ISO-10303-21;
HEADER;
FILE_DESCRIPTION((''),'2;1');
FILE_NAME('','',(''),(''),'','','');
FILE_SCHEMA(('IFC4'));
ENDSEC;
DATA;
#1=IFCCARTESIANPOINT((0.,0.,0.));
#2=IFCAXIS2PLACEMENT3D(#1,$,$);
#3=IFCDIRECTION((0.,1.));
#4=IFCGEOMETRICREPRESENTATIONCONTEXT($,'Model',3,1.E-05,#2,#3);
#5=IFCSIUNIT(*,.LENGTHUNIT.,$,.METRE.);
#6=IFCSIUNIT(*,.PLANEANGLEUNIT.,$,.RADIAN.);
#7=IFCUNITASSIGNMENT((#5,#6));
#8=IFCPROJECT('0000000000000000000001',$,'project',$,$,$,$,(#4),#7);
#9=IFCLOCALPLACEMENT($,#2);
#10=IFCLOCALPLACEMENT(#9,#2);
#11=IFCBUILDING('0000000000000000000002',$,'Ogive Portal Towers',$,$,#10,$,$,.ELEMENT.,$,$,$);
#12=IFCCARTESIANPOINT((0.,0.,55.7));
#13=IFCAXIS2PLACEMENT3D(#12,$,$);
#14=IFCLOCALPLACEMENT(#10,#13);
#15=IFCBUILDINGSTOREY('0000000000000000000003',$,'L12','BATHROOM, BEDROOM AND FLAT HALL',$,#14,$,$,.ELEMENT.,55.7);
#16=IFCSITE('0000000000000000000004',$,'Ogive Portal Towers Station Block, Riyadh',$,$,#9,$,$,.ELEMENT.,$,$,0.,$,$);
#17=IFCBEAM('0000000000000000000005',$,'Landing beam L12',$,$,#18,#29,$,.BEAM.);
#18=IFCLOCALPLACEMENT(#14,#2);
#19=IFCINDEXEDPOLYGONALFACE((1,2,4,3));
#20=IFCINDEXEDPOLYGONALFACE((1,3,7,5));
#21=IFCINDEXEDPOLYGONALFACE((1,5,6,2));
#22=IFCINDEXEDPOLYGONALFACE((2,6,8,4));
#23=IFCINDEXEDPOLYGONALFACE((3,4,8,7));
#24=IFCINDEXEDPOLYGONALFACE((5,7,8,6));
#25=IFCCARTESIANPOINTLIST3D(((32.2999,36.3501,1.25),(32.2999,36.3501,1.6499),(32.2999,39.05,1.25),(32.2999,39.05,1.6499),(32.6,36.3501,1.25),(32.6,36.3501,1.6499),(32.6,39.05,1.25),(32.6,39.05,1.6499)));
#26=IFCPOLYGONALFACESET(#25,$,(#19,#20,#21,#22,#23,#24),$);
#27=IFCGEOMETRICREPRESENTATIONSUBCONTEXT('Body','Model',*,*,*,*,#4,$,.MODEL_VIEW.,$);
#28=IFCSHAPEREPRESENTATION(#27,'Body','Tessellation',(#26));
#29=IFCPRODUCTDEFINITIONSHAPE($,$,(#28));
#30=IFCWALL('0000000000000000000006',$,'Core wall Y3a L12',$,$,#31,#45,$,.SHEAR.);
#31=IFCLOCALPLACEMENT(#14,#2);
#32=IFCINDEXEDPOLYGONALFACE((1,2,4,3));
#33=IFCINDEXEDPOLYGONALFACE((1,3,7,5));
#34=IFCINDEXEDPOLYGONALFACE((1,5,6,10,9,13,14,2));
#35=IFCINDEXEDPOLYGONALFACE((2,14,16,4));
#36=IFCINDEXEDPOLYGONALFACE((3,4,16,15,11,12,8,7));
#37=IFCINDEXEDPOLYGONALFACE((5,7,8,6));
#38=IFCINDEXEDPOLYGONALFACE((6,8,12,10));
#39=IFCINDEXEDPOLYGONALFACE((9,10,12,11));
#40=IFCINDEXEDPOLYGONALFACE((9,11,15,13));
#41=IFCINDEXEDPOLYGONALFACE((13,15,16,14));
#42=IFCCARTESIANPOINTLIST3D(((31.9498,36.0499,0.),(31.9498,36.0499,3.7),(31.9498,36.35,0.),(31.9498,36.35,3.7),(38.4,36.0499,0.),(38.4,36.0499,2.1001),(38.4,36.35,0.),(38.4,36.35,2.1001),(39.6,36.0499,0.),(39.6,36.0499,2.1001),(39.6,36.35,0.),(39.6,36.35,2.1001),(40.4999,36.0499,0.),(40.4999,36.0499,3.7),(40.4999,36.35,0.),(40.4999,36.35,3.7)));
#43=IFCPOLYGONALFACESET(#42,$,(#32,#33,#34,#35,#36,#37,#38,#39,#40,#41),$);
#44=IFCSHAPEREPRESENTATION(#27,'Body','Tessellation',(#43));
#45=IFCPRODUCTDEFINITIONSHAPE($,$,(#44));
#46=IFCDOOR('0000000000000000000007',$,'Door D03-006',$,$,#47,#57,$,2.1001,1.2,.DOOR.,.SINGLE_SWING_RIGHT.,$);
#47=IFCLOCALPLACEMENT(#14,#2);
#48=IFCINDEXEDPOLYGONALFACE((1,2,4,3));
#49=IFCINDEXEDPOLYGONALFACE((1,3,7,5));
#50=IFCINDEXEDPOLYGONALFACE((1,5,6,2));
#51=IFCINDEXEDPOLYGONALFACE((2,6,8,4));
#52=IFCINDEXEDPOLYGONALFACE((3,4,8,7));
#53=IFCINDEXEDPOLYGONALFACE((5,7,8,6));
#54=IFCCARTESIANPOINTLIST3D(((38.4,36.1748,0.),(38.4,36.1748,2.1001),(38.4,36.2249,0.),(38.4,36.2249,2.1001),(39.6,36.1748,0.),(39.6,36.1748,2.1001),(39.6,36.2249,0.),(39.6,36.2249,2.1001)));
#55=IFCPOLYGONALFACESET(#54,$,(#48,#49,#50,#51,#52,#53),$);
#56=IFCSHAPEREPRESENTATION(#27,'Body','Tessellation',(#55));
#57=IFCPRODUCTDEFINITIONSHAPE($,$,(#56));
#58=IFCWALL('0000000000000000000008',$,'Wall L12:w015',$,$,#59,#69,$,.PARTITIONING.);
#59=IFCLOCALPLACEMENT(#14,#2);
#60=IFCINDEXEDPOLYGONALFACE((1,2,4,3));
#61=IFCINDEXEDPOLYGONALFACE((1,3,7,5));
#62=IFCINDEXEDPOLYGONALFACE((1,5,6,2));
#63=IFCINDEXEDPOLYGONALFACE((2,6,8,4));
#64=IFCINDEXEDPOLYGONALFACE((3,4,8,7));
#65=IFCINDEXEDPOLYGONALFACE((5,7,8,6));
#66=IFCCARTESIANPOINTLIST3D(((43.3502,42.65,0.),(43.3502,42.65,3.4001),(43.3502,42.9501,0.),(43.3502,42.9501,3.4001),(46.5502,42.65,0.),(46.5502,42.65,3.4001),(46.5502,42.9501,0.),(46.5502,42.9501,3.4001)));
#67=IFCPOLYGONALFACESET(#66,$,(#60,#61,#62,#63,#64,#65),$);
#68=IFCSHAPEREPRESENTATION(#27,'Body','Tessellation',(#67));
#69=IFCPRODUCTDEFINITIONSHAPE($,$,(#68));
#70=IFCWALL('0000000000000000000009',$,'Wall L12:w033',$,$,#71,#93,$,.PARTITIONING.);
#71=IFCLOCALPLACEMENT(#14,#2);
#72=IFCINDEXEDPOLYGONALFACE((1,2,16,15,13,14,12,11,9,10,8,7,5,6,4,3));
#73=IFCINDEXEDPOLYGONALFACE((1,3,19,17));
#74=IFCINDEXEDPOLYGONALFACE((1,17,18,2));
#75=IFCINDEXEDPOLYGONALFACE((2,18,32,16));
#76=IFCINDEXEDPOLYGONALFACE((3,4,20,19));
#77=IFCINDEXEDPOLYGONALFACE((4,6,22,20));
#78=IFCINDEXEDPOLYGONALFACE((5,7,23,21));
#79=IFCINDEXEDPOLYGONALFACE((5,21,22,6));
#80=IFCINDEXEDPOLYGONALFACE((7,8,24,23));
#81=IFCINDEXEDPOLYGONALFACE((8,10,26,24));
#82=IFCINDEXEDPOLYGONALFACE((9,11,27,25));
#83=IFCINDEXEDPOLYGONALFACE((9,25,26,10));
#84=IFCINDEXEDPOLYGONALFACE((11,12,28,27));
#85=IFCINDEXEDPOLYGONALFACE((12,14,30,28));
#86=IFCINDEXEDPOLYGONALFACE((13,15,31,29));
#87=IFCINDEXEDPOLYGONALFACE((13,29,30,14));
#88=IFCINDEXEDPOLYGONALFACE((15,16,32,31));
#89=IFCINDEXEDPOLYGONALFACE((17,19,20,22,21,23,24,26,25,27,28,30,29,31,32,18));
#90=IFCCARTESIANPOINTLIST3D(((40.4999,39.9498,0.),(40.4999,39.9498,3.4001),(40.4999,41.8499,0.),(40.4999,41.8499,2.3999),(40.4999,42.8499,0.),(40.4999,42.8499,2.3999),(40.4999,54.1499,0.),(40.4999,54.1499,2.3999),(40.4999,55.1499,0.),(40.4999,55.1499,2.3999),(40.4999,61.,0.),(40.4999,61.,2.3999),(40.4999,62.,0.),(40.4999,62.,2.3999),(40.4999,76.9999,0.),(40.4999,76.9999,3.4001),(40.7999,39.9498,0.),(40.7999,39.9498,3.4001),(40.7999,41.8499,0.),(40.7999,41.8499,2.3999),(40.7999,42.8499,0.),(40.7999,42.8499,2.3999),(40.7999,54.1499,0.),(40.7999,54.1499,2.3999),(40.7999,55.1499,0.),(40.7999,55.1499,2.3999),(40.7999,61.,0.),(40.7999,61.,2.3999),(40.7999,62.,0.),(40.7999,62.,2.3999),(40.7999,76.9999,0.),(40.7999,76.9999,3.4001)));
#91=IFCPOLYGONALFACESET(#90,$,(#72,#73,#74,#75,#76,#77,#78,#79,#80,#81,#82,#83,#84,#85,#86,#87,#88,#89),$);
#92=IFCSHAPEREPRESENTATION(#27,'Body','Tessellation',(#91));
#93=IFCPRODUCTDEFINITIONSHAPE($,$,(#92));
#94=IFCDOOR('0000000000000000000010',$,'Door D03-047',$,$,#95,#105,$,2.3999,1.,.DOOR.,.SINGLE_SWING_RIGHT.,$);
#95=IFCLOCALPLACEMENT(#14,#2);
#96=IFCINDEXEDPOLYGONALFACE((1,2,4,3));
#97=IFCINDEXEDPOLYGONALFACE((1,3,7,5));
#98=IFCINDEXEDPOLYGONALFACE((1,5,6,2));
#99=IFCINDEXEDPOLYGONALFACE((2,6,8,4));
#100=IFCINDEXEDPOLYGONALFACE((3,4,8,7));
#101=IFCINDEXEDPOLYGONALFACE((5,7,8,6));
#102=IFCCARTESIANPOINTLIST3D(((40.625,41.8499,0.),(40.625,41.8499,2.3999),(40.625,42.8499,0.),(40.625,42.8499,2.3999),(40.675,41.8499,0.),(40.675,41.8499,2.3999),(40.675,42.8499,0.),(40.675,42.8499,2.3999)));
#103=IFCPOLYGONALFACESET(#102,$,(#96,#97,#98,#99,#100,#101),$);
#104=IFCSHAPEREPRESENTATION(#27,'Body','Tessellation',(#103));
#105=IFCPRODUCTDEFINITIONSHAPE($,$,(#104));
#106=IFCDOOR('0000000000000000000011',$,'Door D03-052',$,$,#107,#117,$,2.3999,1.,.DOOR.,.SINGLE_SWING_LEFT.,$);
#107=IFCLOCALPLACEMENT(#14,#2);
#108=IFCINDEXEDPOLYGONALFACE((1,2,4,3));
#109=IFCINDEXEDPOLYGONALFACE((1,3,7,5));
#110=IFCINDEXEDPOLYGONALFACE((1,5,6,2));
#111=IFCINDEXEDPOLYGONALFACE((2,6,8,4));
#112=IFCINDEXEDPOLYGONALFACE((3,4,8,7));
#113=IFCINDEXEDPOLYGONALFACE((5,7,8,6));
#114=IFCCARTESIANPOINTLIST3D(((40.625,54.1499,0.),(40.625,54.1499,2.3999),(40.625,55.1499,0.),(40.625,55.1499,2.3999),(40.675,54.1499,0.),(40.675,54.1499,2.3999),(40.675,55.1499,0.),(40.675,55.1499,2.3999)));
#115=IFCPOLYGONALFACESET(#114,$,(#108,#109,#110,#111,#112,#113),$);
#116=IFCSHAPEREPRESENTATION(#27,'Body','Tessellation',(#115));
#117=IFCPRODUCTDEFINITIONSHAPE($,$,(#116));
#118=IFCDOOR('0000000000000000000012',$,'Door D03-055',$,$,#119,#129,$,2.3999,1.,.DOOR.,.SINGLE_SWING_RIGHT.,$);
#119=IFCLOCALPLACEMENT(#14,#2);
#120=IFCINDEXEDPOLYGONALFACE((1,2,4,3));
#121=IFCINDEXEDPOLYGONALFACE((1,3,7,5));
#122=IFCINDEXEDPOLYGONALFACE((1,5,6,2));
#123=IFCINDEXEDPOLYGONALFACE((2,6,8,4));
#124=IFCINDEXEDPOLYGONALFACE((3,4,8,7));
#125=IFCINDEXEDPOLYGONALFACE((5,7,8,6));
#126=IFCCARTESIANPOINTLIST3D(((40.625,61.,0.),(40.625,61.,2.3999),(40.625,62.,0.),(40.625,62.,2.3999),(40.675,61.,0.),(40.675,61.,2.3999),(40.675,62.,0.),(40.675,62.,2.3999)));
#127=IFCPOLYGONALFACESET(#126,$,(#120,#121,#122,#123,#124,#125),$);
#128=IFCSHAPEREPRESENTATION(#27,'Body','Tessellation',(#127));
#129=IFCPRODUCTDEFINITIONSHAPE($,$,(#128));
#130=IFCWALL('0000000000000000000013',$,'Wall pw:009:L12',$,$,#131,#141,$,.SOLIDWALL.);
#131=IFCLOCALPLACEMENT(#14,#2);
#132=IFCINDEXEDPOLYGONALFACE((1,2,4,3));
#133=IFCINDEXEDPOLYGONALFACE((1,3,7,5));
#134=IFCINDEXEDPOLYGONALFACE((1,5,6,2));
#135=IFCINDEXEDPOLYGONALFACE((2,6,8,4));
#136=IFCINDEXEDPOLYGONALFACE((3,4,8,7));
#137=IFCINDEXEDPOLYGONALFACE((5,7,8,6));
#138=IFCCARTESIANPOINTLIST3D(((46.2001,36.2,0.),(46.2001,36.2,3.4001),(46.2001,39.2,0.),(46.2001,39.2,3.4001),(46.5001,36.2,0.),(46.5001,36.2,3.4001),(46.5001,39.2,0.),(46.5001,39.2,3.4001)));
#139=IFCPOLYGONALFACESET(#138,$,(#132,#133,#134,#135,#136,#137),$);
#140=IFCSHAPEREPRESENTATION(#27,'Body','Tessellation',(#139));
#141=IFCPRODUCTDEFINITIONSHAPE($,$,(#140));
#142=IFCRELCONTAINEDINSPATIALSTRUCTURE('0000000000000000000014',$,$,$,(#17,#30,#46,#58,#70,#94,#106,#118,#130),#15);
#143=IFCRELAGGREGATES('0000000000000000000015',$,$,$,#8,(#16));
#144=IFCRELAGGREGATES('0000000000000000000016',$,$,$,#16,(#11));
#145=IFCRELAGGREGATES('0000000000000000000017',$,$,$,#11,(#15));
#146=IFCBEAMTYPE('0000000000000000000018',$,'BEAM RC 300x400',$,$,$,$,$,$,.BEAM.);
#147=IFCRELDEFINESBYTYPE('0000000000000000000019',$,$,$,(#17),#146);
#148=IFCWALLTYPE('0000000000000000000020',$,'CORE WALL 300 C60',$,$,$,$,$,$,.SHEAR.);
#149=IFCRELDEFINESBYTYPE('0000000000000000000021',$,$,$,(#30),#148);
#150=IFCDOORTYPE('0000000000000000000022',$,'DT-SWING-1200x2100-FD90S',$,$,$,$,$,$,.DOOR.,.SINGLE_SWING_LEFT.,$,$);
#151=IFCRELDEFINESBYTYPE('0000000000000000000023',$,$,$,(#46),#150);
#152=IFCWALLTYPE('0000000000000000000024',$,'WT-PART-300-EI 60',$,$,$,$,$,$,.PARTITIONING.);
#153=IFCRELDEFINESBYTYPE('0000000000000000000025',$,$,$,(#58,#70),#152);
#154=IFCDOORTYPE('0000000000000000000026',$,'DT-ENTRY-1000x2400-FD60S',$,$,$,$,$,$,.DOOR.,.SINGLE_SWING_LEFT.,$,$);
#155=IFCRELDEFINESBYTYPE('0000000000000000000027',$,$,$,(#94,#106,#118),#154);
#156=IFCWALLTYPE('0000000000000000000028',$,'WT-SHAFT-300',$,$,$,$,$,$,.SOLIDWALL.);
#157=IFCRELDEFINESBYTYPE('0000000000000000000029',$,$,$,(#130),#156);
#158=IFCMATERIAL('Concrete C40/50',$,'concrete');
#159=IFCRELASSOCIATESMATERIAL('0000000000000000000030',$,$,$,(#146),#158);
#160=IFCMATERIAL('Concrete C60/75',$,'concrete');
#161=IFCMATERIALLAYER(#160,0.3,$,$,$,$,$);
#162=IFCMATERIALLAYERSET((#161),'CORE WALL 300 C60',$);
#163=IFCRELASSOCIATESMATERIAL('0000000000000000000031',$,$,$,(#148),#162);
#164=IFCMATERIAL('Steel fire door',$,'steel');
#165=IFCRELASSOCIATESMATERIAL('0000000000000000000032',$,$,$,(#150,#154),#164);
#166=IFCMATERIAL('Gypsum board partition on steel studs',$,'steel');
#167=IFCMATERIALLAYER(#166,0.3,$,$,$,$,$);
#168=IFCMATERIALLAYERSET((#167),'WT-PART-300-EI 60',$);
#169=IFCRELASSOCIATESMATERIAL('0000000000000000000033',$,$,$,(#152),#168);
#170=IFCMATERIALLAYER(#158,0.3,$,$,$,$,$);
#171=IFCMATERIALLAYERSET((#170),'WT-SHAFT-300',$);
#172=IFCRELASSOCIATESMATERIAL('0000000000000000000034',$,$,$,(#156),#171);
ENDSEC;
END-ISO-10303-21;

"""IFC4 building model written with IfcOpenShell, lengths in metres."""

from ifc_helpers import new_model, si_unit, direction, frame, frame_2d, origin, origin_2d, place, context, subcontext, project, spatial, rectangle, extrude, material, layer, layer_set, material_profile, profile_set, type_object, element, fill, save


model = new_model("IFC4")

# Units and contexts
model_context = context("Model", 3, precision=1e-05, world=origin(), true_north=direction((0.0, 1.0)))
body_context = subcontext(model_context, "Body", "Model", "MODEL_VIEW")
ifc_project = project(units=[si_unit("LENGTHUNIT", "METRE"), si_unit("PLANEANGLEUNIT", "RADIAN")], contexts=[model_context])

# Site, building, storey
site_placement = place(None, origin())
site = spatial("IfcSite", under=ifc_project, at=site_placement, Name="Ogive Portal Towers Station Block, Riyadh", CompositionType="ELEMENT", RefElevation=0.0)
building_placement = place(site_placement, origin())
building = spatial("IfcBuilding", under=site, at=building_placement, Name="Ogive Portal Towers", CompositionType="ELEMENT")
storey_placement = place(building_placement, frame((0.0, 0.0, 55.7)))
storey = spatial("IfcBuildingStorey", under=building, at=storey_placement, Name="L12", Description="BATHROOM, BEDROOM AND FLAT HALL", CompositionType="ELEMENT", Elevation=55.7)

# Beam
ifc_material_1 = material(Name="Concrete C40/50", Category="concrete")
ifc_material_profile = material_profile(ifc_material_1, rectangle(XDim=0.3, YDim=0.3999, at=origin_2d()), Name="RC 300x400")
ifc_profile_set = profile_set([ifc_material_profile], Name="Concrete C40/50")
beam_type = type_object("IfcBeamType", Name="BEAM RC 300x400", PredefinedType="BEAM", material=ifc_profile_set)
beam_placement = place(storey_placement, frame((32.45, 36.3501, 1.45), z_axis=(0.0, 1.0, 0.0), x_axis=(-1.0, 0.0, 0.0)))
element("IfcBeam", 1, at=beam_placement, inside=storey, type_object=beam_type, Name="Landing beam L12", PredefinedType="BEAM", context=body_context, shape_type="SweptSolid", body=[
    extrude(rectangle(XDim=0.3, YDim=0.3999, at=origin_2d()), origin(), (0.0, 0.0, 1.0), 2.7),
])

# Wall, opening, door
ifc_material_2 = material(Name="Concrete C60/75", Category="concrete")
ifc_layer_1 = layer(ifc_material_2, 0.3)
ifc_layer_set_1 = layer_set([ifc_layer_1], Name="CORE WALL 300 C60")
wall_type_1 = type_object("IfcWallType", Name="CORE WALL 300 C60", PredefinedType="SHEAR", material=ifc_layer_set_1)
wall_1_placement = place(storey_placement, frame((31.95, 36.2, 0.0), z_axis=(0.0, 0.0, 1.0), x_axis=(1.0, 0.0, 0.0)))
wall_1 = element("IfcWall", 2, at=wall_1_placement, inside=storey, type_object=wall_type_1, Name="Core wall Y3a L12", PredefinedType="SHEAR", context=body_context, shape_type="SweptSolid", body=[
    extrude(rectangle(XDim=8.55, YDim=0.3, at=frame_2d((4.2749, 0.0))), origin(), (0.0, 0.0, 1.0), 3.7),
])
opening_1_placement = place(wall_1_placement, frame((6.45, 0.0, 0.0)))
opening_1 = element("IfcOpeningElement", 3, at=opening_1_placement, cuts=wall_1, PredefinedType="OPENING", context=body_context, shape_type="SweptSolid", body=[
    extrude(rectangle(XDim=1.2, YDim=2.1001, at=frame_2d((0.6001, 1.05))), frame((0.0, 0.1602, 0.0), z_axis=(0.0, -1.0, 0.0), x_axis=(1.0, 0.0, 0.0)), (0.0, 0.0, 1.0), 0.3201),
])
ifc_material_3 = material(Name="Steel fire door", Category="steel")
door_type_1 = type_object("IfcDoorType", Name="DT-SWING-1200x2100-FD90S", OperationType="SINGLE_SWING_LEFT", PredefinedType="DOOR", material=ifc_material_3)
door_1_placement = place(opening_1_placement, origin())
door_1 = element("IfcDoor", 4, at=door_1_placement, inside=storey, type_object=door_type_1, Name="Door D03-006", OperationType="SINGLE_SWING_RIGHT", OverallHeight=2.1001, OverallWidth=1.2, PredefinedType="DOOR", context=body_context, shape_type="SweptSolid", body=[
    extrude(rectangle(XDim=1.2, YDim=2.1001, at=frame_2d((0.6001, 1.05))), frame((0.0, 0.0249, 0.0), z_axis=(0.0, -1.0, 0.0), x_axis=(1.0, 0.0, 0.0)), (0.0, 0.0, 1.0), 0.05),
])
fill(opening_1, door_1)

# Wall
ifc_material_4 = material(Name="Gypsum board partition on steel studs", Category="steel")
ifc_layer_2 = layer(ifc_material_4, 0.3)
ifc_layer_set_2 = layer_set([ifc_layer_2], Name="WT-PART-300-EI 60")
wall_type_2 = type_object("IfcWallType", Name="WT-PART-300-EI 60", PredefinedType="PARTITIONING", material=ifc_layer_set_2)
wall_2_placement = place(storey_placement, frame((43.3501, 42.8, 0.0), z_axis=(0.0, 0.0, 1.0), x_axis=(1.0, 0.0, 0.0)))
element("IfcWall", 5, at=wall_2_placement, inside=storey, type_object=wall_type_2, Name="Wall L12:w015", PredefinedType="PARTITIONING", context=body_context, shape_type="SweptSolid", body=[
    extrude(rectangle(XDim=3.2, YDim=0.3, at=frame_2d((1.6001, 0.0))), origin(), (0.0, 0.0, 1.0), 3.4001),
])

# Wall, openings, doors
wall_3_placement = place(storey_placement, frame((40.6499, 39.95, 0.0), z_axis=(0.0, 0.0, 1.0), x_axis=(0.0, 1.0, 0.0)))
wall_3 = element("IfcWall", 6, at=wall_3_placement, inside=storey, type_object=wall_type_2, Name="Wall L12:w033", PredefinedType="PARTITIONING", context=body_context, shape_type="SweptSolid", body=[
    extrude(rectangle(XDim=37.05, YDim=0.3, at=frame_2d((18.5249, 0.0))), origin(), (0.0, 0.0, 1.0), 3.4001),
])
opening_2_placement = place(wall_3_placement, frame((1.8999, 0.0, 0.0)))
opening_2 = element("IfcOpeningElement", 7, at=opening_2_placement, cuts=wall_3, PredefinedType="OPENING", context=body_context, shape_type="SweptSolid", body=[
    extrude(rectangle(XDim=1.0, YDim=2.3999, at=frame_2d((0.5, 1.2))), frame((0.0, 0.1602, 0.0), z_axis=(0.0, -1.0, 0.0), x_axis=(1.0, 0.0, 0.0)), (0.0, 0.0, 1.0), 0.3201),
])
opening_3_placement = place(wall_3_placement, frame((14.2, 0.0, 0.0)))
opening_3 = element("IfcOpeningElement", 8, at=opening_3_placement, cuts=wall_3, PredefinedType="OPENING", context=body_context, shape_type="SweptSolid", body=[
    extrude(rectangle(XDim=1.0, YDim=2.3999, at=frame_2d((0.5, 1.2))), frame((0.0, 0.1602, 0.0), z_axis=(0.0, -1.0, 0.0), x_axis=(1.0, 0.0, 0.0)), (0.0, 0.0, 1.0), 0.3201),
])
opening_4_placement = place(wall_3_placement, frame((21.05, 0.0, 0.0)))
opening_4 = element("IfcOpeningElement", 9, at=opening_4_placement, cuts=wall_3, PredefinedType="OPENING", context=body_context, shape_type="SweptSolid", body=[
    extrude(rectangle(XDim=1.0, YDim=2.3999, at=frame_2d((0.5, 1.2))), frame((0.0, 0.1602, 0.0), z_axis=(0.0, -1.0, 0.0), x_axis=(1.0, 0.0, 0.0)), (0.0, 0.0, 1.0), 0.3201),
])
door_type_2 = type_object("IfcDoorType", Name="DT-ENTRY-1000x2400-FD60S", OperationType="SINGLE_SWING_LEFT", PredefinedType="DOOR", material=ifc_material_3)
door_2_placement = place(opening_2_placement, origin())
door_2 = element("IfcDoor", 10, at=door_2_placement, inside=storey, type_object=door_type_2, Name="Door D03-047", OperationType="SINGLE_SWING_RIGHT", OverallHeight=2.3999, OverallWidth=1.0, PredefinedType="DOOR", context=body_context, shape_type="SweptSolid", body=[
    extrude(rectangle(XDim=1.0, YDim=2.3999, at=frame_2d((0.5, 1.2))), frame((0.0, 0.0249, 0.0), z_axis=(0.0, -1.0, 0.0), x_axis=(1.0, 0.0, 0.0)), (0.0, 0.0, 1.0), 0.05),
])
fill(opening_2, door_2)
door_3_placement = place(opening_3_placement, origin())
door_3 = element("IfcDoor", 11, at=door_3_placement, inside=storey, type_object=door_type_2, Name="Door D03-052", OperationType="SINGLE_SWING_LEFT", OverallHeight=2.3999, OverallWidth=1.0, PredefinedType="DOOR", context=body_context, shape_type="SweptSolid", body=[
    extrude(rectangle(XDim=1.0, YDim=2.3999, at=frame_2d((0.5, 1.2))), frame((0.0, 0.0249, 0.0), z_axis=(0.0, -1.0, 0.0), x_axis=(1.0, 0.0, 0.0)), (0.0, 0.0, 1.0), 0.05),
])
fill(opening_3, door_3)
door_4_placement = place(opening_4_placement, origin())
door_4 = element("IfcDoor", 12, at=door_4_placement, inside=storey, type_object=door_type_2, Name="Door D03-055", OperationType="SINGLE_SWING_RIGHT", OverallHeight=2.3999, OverallWidth=1.0, PredefinedType="DOOR", context=body_context, shape_type="SweptSolid", body=[
    extrude(rectangle(XDim=1.0, YDim=2.3999, at=frame_2d((0.5, 1.2))), frame((0.0, 0.0249, 0.0), z_axis=(0.0, -1.0, 0.0), x_axis=(1.0, 0.0, 0.0)), (0.0, 0.0, 1.0), 0.05),
])
fill(opening_4, door_4)

# Wall
ifc_layer_3 = layer(ifc_material_1, 0.3)
ifc_layer_set_3 = layer_set([ifc_layer_3], Name="WT-SHAFT-300")
wall_type_3 = type_object("IfcWallType", Name="WT-SHAFT-300", PredefinedType="SOLIDWALL", material=ifc_layer_set_3)
wall_4_placement = place(storey_placement, frame((46.3501, 36.2, 0.0), z_axis=(0.0, 0.0, 1.0), x_axis=(0.0, 1.0, 0.0)))
element("IfcWall", 13, at=wall_4_placement, inside=storey, type_object=wall_type_3, Name="Wall pw:009:L12", PredefinedType="SOLIDWALL", context=body_context, shape_type="SweptSolid", body=[
    extrude(rectangle(XDim=3.0, YDim=0.3, at=frame_2d((1.5, 0.0))), origin(), (0.0, 0.0, 1.0), 3.4001),
])

save(model, "model.ifc")
